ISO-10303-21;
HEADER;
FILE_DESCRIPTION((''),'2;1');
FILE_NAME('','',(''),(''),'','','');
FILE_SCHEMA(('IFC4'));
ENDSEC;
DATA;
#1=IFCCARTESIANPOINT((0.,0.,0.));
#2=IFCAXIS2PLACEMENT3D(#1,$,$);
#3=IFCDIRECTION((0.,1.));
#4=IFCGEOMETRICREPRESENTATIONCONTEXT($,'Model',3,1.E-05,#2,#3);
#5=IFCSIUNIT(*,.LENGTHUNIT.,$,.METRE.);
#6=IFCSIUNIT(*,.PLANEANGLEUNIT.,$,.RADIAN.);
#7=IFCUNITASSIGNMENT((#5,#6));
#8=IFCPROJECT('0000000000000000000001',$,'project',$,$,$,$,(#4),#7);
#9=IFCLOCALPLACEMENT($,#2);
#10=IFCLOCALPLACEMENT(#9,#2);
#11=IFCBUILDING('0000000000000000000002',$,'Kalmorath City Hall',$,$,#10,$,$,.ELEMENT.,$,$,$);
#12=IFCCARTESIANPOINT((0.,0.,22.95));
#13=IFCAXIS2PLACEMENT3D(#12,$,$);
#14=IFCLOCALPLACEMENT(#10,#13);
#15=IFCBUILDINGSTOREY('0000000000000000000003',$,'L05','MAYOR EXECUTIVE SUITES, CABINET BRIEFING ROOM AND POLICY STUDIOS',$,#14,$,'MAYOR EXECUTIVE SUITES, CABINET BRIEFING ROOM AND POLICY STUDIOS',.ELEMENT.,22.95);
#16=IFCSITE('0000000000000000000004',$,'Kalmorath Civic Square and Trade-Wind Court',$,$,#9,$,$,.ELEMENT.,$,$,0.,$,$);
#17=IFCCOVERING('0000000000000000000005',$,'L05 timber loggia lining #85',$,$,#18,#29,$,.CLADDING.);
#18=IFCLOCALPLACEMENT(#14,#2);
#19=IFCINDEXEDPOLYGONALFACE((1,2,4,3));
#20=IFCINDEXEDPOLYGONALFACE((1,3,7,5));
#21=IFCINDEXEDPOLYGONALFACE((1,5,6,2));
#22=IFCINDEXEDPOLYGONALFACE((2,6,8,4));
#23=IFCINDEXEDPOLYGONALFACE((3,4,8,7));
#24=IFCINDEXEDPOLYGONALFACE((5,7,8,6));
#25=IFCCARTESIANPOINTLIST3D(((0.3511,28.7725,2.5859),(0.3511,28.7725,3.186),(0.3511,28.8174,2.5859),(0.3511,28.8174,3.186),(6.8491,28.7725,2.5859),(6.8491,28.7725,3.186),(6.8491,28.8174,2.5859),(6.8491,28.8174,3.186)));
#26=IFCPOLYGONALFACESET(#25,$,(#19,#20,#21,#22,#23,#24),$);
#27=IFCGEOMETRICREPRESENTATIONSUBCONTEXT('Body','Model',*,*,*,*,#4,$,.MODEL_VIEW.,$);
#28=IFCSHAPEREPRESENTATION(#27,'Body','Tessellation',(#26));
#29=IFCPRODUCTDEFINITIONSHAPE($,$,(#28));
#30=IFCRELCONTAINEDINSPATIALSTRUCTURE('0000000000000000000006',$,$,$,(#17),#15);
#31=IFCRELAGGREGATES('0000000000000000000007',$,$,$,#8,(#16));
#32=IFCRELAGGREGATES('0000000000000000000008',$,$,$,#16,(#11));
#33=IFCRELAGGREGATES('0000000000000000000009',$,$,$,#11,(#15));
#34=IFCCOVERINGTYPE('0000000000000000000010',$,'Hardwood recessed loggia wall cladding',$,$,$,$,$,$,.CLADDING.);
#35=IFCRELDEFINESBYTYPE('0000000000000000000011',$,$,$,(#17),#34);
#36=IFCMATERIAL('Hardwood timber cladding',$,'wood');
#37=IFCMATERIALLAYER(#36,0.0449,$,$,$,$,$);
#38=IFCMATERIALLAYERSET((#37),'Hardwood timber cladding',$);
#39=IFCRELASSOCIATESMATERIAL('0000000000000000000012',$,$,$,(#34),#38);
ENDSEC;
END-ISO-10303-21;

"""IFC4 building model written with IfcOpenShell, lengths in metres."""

from ifc_helpers import new_model, si_unit, direction, frame, origin, origin_2d, place, context, subcontext, project, spatial, rectangle, extrude, material, layer, layer_set, type_object, element, save


model = new_model("IFC4")

# Units and contexts
model_context = context("Model", 3, precision=1e-05, world=origin(), true_north=direction((0.0, 1.0)))
body_context = subcontext(model_context, "Body", "Model", "MODEL_VIEW")
ifc_project = project(units=[si_unit("LENGTHUNIT", "METRE"), si_unit("PLANEANGLEUNIT", "RADIAN")], contexts=[model_context])

# Site, building, storey
site_placement = place(None, origin())
site = spatial("IfcSite", under=ifc_project, at=site_placement, Name="Kalmorath Civic Square and Trade-Wind Court", CompositionType="ELEMENT", RefElevation=0.0)
building_placement = place(site_placement, origin())
building = spatial("IfcBuilding", under=site, at=building_placement, Name="Kalmorath City Hall", CompositionType="ELEMENT")
storey_placement = place(building_placement, frame((0.0, 0.0, 22.95)))
storey = spatial("IfcBuildingStorey", under=building, at=storey_placement, Name="L05", Description="MAYOR EXECUTIVE SUITES, CABINET BRIEFING ROOM AND POLICY STUDIOS", LongName="MAYOR EXECUTIVE SUITES, CABINET BRIEFING ROOM AND POLICY STUDIOS", CompositionType="ELEMENT", Elevation=22.95)

# Covering
ifc_material_1 = material(Name="Hardwood timber cladding", Category="wood")
ifc_layer_1 = layer(ifc_material_1, 0.0449)
ifc_layer_set_1 = layer_set([ifc_layer_1], Name="Hardwood timber cladding")
covering_type = type_object("IfcCoveringType", Name="Hardwood recessed loggia wall cladding", PredefinedType="CLADDING", material=ifc_layer_set_1)
covering_placement = place(storey_placement, frame((3.6001, 28.7949, 2.5859), z_axis=(0.0, 0.0, 1.0), x_axis=(1.0, 0.0, 0.0)))
element("IfcCovering", 1, at=covering_placement, inside=storey, type_object=covering_type, Name="L05 timber loggia lining #85", PredefinedType="CLADDING", context=body_context, shape_type="SweptSolid", body=[
    extrude(rectangle(XDim=6.498, YDim=0.0449, at=origin_2d()), origin(), (0.0, 0.0, 1.0), 0.6001),
])

save(model, "model.ifc")
